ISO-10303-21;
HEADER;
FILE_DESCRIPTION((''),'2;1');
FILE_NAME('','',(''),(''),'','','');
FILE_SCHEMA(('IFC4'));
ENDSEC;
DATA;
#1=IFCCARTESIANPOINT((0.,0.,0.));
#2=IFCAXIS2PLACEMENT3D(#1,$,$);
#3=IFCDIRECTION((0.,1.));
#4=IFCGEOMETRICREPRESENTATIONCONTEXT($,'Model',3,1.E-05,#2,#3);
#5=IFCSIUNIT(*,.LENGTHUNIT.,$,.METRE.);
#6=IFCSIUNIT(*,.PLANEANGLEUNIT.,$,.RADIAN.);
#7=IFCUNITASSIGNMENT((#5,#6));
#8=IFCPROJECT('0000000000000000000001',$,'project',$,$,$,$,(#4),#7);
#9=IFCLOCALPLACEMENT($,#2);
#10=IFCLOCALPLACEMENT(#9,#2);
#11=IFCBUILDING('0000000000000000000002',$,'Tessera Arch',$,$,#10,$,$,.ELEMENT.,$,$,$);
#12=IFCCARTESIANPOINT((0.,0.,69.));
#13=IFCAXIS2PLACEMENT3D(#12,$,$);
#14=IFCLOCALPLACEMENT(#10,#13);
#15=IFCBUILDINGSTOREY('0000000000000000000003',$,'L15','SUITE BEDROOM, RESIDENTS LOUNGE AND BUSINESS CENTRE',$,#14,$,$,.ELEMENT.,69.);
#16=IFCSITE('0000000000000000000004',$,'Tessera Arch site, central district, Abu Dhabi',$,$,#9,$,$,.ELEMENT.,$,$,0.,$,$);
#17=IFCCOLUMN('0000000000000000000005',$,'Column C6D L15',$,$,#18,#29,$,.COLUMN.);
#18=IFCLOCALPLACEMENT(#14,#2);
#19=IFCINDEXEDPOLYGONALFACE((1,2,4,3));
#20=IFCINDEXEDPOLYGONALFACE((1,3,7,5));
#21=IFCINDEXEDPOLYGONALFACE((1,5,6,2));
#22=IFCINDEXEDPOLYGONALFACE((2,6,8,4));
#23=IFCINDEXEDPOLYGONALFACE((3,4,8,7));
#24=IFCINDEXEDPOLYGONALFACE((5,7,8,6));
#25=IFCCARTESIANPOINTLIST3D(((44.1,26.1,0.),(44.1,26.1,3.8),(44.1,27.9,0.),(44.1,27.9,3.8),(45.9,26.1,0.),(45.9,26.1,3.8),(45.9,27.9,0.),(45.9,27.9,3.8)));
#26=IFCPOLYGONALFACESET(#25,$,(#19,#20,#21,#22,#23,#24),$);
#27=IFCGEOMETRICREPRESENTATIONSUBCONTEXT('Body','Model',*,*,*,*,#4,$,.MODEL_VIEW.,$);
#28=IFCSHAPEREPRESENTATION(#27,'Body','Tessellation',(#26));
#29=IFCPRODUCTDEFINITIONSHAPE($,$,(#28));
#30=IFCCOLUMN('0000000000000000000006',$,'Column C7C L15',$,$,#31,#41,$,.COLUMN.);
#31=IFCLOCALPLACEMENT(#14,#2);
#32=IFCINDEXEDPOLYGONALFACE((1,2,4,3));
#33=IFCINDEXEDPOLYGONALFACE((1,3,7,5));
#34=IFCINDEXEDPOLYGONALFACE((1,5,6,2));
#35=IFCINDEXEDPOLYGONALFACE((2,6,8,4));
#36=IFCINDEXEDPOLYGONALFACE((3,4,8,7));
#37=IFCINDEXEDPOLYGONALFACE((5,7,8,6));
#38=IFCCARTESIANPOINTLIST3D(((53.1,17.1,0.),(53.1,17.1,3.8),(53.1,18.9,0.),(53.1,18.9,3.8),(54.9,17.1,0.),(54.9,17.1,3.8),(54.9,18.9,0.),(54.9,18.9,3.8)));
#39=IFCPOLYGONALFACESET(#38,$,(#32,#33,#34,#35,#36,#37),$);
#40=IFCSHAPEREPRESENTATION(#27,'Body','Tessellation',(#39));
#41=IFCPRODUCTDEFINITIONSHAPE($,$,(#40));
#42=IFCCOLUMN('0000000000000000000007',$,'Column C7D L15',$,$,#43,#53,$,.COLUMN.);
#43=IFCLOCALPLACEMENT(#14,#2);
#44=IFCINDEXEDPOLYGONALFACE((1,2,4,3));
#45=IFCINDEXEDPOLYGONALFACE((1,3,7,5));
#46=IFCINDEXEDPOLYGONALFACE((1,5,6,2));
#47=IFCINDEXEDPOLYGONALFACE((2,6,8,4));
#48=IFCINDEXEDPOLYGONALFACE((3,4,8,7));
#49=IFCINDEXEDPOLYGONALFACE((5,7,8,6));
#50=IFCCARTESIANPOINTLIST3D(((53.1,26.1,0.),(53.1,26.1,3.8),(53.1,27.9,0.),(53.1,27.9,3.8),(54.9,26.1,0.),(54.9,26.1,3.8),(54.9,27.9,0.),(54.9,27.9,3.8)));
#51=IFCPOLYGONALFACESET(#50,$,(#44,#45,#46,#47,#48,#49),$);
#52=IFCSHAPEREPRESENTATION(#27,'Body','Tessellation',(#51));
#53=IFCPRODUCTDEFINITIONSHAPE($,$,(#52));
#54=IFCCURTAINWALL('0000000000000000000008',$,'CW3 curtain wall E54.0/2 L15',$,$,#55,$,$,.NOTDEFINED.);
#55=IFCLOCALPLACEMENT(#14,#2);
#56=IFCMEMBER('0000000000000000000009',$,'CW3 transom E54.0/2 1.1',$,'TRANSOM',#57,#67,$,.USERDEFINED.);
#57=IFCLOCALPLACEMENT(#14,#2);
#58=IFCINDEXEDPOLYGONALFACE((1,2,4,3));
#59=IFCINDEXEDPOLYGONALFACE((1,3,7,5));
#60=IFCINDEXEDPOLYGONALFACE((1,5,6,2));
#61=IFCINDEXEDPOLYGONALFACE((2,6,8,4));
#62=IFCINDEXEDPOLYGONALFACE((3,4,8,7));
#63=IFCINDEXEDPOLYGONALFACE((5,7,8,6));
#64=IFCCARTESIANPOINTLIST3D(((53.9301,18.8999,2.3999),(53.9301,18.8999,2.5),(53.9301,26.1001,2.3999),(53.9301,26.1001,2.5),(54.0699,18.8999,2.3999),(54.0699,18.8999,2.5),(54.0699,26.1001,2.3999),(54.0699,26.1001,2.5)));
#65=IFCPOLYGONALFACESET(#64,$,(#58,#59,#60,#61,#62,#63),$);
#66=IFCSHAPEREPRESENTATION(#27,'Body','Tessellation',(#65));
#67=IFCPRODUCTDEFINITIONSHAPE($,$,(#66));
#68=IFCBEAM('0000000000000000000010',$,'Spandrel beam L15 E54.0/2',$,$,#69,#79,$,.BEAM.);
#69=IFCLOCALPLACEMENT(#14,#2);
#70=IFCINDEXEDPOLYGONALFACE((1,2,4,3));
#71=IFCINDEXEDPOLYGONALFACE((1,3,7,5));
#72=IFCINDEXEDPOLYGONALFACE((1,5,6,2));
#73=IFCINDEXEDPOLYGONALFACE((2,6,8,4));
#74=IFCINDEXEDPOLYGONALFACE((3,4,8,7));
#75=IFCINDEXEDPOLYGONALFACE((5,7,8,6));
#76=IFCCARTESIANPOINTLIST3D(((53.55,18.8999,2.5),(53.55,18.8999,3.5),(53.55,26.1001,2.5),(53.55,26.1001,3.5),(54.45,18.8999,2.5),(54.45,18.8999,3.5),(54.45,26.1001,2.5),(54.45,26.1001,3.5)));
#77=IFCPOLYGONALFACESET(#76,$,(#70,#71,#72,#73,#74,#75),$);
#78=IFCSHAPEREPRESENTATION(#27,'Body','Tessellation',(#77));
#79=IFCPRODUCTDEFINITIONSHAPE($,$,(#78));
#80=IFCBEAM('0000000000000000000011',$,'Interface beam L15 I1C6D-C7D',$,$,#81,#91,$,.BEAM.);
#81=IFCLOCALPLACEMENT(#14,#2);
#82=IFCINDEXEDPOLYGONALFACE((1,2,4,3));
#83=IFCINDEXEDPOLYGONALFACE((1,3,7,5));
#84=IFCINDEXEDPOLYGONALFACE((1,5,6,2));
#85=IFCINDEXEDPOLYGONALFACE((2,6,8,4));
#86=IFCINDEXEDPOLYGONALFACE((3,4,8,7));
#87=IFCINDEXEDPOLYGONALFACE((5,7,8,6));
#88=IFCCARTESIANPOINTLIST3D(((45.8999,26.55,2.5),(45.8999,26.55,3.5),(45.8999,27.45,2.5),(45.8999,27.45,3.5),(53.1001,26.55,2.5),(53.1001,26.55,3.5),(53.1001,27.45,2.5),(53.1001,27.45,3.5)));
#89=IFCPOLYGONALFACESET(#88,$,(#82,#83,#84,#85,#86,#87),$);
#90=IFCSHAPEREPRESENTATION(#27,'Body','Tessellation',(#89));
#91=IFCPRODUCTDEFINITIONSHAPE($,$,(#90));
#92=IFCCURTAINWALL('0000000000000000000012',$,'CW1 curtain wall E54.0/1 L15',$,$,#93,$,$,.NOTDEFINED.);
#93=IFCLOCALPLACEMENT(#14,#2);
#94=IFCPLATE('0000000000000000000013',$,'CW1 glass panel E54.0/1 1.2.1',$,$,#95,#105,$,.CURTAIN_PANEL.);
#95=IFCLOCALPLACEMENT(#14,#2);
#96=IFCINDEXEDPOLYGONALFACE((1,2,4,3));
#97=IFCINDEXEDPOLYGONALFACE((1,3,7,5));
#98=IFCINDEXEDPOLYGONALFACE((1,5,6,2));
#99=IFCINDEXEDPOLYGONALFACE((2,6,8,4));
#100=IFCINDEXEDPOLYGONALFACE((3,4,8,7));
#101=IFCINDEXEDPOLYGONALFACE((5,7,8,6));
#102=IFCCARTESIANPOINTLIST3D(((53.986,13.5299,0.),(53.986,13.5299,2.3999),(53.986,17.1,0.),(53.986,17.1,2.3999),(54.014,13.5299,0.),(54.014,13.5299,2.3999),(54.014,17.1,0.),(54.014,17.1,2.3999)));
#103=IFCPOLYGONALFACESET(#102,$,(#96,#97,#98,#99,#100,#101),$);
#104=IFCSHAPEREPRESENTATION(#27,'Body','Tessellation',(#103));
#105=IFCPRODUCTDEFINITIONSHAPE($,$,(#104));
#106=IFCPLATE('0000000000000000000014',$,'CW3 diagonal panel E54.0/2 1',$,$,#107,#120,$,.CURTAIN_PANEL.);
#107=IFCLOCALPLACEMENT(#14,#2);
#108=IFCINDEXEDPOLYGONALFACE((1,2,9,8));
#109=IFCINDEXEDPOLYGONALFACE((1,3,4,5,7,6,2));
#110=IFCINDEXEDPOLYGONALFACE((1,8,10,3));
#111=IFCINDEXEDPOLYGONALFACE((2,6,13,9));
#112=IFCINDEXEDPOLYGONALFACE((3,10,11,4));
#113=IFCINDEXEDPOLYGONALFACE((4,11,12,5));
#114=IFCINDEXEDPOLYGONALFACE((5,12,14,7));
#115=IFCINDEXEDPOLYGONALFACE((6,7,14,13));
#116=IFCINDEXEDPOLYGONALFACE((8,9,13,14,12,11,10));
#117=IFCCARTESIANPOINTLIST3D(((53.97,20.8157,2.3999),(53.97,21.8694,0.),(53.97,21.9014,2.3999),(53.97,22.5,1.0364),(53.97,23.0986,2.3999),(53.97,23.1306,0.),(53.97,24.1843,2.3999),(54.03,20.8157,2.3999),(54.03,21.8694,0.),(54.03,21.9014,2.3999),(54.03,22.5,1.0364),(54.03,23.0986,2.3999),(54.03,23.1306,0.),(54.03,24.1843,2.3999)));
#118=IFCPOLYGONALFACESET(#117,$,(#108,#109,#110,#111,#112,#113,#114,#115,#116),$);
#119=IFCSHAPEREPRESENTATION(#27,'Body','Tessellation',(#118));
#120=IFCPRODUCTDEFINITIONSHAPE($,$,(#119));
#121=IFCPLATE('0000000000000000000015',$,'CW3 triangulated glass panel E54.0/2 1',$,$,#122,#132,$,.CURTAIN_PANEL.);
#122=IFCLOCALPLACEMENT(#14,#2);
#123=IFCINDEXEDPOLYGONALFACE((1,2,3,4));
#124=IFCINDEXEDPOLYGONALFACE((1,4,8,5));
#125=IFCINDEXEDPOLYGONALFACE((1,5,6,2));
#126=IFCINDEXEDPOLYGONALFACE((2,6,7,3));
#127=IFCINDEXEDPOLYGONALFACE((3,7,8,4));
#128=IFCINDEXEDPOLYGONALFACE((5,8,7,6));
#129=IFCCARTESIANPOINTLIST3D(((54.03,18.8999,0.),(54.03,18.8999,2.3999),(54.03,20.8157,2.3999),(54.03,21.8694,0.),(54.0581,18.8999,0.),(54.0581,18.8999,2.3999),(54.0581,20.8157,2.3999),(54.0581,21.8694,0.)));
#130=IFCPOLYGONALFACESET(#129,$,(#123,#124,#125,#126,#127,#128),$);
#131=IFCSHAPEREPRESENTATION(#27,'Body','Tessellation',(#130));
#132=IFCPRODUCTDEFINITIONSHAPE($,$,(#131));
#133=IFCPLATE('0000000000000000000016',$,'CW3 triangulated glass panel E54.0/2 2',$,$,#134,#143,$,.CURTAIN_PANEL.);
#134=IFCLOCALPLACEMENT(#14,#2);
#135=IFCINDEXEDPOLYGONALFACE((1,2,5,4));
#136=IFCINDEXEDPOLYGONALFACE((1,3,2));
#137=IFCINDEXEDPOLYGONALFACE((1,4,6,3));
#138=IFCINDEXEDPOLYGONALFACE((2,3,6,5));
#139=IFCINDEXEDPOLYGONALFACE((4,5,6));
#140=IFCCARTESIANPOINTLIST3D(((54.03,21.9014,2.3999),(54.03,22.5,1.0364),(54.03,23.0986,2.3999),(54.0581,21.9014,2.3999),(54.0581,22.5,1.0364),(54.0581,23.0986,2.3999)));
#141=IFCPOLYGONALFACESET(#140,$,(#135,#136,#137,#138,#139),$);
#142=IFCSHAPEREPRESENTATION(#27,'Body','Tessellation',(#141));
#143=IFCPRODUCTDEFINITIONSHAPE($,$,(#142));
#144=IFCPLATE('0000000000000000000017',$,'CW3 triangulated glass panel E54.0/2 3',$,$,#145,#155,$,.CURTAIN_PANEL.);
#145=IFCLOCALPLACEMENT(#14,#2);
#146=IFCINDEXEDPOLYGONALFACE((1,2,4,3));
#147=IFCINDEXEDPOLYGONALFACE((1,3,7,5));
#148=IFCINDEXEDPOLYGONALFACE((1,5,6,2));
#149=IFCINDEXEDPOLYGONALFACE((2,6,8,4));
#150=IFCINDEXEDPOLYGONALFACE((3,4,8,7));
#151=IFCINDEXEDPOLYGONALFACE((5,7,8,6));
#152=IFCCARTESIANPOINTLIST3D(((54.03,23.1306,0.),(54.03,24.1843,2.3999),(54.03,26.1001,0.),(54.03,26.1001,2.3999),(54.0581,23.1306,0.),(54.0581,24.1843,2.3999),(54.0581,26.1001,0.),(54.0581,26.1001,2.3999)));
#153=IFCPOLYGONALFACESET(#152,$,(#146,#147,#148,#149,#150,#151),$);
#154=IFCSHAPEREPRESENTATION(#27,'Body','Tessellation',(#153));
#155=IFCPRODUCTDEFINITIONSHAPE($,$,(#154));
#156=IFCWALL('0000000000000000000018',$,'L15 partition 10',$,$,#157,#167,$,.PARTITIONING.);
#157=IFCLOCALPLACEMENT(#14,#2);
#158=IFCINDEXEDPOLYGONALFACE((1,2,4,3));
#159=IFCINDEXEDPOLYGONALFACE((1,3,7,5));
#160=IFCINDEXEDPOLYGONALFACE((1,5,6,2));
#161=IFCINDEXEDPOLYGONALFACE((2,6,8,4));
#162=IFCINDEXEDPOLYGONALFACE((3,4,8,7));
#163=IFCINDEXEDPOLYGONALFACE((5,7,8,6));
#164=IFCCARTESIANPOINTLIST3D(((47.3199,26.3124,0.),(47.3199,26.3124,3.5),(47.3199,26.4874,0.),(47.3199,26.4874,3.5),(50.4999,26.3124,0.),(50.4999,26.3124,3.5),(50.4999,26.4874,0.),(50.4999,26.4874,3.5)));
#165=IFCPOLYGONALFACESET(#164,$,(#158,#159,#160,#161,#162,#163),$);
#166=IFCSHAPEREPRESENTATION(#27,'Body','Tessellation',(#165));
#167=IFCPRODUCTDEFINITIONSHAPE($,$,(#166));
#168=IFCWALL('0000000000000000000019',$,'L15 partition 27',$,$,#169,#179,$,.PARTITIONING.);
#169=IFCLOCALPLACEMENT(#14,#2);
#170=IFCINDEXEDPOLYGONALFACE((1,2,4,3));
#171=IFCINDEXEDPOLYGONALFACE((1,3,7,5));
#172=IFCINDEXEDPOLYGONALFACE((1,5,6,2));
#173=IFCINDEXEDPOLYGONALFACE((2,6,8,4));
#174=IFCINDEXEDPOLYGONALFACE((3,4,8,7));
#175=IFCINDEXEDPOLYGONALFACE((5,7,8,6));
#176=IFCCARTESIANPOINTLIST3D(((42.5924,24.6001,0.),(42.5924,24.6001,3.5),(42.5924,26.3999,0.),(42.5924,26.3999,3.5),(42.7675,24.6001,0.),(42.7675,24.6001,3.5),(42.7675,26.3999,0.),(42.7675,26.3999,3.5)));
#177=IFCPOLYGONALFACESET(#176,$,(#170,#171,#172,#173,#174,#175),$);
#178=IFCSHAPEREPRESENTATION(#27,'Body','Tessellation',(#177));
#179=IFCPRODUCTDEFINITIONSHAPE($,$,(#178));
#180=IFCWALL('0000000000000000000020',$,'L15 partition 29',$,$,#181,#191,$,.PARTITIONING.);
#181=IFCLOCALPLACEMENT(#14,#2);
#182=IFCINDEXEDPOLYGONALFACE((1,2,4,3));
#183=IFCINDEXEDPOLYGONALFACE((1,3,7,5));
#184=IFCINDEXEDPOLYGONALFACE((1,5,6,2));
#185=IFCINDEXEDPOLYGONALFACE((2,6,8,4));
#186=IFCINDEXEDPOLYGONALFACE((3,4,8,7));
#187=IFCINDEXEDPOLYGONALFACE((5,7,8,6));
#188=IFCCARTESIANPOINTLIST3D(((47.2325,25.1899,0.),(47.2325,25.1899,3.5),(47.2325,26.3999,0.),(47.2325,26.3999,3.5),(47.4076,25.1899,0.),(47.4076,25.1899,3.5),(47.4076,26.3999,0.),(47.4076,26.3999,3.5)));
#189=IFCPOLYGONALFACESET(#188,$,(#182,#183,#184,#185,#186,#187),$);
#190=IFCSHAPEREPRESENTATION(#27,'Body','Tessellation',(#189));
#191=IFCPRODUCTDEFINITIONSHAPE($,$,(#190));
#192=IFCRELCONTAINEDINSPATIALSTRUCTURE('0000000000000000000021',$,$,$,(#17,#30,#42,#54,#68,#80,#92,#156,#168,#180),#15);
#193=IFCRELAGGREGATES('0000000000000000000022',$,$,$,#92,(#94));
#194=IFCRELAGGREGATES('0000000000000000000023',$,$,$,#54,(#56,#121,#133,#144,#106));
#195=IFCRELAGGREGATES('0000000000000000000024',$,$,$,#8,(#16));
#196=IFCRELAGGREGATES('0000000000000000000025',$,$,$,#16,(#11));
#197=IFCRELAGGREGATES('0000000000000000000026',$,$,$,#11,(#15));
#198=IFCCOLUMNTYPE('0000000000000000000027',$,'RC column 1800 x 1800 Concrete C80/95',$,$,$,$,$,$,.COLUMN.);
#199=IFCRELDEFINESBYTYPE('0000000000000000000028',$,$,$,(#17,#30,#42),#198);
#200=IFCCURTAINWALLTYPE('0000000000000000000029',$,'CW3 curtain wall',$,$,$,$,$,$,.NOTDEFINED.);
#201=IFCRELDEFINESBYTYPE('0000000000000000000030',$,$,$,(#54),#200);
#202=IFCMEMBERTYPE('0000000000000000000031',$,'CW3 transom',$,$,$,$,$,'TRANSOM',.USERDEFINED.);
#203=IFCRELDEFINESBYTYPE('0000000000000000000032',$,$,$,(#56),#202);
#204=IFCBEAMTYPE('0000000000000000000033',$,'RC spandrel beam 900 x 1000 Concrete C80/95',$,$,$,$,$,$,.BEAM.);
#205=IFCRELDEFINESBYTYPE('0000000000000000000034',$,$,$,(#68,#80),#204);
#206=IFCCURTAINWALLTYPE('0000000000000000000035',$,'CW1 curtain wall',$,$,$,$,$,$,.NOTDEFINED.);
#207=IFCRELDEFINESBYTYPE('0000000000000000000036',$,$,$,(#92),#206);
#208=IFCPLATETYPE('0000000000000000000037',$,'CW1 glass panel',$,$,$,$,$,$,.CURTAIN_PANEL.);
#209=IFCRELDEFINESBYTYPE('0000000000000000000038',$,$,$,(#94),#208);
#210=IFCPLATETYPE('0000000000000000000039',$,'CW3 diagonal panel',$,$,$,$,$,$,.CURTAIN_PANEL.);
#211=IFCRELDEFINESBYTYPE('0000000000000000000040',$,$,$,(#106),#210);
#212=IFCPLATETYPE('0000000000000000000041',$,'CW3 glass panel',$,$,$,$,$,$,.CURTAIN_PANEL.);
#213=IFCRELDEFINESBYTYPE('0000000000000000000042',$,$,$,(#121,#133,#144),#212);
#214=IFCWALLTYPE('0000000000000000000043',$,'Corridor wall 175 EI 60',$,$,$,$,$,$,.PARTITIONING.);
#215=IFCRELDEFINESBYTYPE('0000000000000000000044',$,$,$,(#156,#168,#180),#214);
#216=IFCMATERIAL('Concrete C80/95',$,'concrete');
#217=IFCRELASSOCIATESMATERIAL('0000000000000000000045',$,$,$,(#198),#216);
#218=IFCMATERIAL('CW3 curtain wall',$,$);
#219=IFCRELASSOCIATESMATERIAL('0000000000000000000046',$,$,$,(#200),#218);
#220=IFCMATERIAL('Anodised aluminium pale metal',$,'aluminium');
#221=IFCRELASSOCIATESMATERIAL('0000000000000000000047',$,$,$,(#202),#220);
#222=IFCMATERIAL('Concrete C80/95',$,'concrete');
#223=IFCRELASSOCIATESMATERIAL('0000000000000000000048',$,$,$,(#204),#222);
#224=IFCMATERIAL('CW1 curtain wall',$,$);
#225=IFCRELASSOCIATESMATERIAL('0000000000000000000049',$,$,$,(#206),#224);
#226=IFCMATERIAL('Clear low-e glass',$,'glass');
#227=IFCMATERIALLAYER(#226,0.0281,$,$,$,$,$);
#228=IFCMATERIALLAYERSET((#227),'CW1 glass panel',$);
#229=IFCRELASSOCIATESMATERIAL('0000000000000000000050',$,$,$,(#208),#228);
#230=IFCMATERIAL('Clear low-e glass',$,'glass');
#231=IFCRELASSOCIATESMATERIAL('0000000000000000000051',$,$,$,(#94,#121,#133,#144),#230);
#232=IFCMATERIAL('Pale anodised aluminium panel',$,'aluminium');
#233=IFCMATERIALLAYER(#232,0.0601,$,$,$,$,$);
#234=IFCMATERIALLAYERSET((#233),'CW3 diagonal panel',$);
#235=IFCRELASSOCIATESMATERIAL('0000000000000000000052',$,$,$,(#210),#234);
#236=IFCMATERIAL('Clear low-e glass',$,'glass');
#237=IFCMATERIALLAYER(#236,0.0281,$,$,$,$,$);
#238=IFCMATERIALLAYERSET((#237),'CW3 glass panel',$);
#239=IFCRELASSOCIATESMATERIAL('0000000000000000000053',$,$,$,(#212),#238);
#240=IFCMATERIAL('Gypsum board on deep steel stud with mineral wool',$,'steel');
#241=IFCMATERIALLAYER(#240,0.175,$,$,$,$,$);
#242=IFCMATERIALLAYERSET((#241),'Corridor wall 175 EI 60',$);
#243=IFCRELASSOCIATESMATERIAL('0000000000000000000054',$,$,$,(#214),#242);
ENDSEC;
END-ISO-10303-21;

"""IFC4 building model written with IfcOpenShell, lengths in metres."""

from ifc_helpers import new_model, si_unit, direction, frame, frame_2d, origin, origin_2d, place, context, subcontext, project, spatial, polyline, rectangle, outline, extrude, material, layer, layer_set, material_profile, profile_set, type_object, element, aggregate, save


model = new_model("IFC4")

# Units and contexts
model_context = context("Model", 3, precision=1e-05, world=origin(), true_north=direction((0.0, 1.0)))
body_context = subcontext(model_context, "Body", "Model", "MODEL_VIEW")
ifc_project = project(units=[si_unit("LENGTHUNIT", "METRE"), si_unit("PLANEANGLEUNIT", "RADIAN")], contexts=[model_context])

# Site, building, storey
site_placement = place(None, origin())
site = spatial("IfcSite", under=ifc_project, at=site_placement, Name="Tessera Arch site, central district, Abu Dhabi", CompositionType="ELEMENT", RefElevation=0.0)
building_placement = place(site_placement, origin())
building = spatial("IfcBuilding", under=site, at=building_placement, Name="Tessera Arch", CompositionType="ELEMENT")
storey_placement = place(building_placement, frame((0.0, 0.0, 69.0)))
storey = spatial("IfcBuildingStorey", under=building, at=storey_placement, Name="L15", Description="SUITE BEDROOM, RESIDENTS LOUNGE AND BUSINESS CENTRE", CompositionType="ELEMENT", Elevation=69.0)

# Columns
ifc_material_1 = material(Name="Concrete C80/95", Category="concrete")
ifc_material_profile_1 = material_profile(ifc_material_1, rectangle(XDim=1.8, YDim=1.8, at=origin_2d()), Name="RC column 1800 x 1800 Concrete C80/95")
ifc_profile_set_1 = profile_set([ifc_material_profile_1], Name="Concrete C80/95")
column_type = type_object("IfcColumnType", Name="RC column 1800 x 1800 Concrete C80/95", PredefinedType="COLUMN", material=ifc_profile_set_1)
for number, where, z_axis, x_axis, name in (
    (1, (45.0, 27.0, 0.0), (0.0, 0.0, 1.0), (1.0, 0.0, 0.0), "Column C6D L15"),
    (2, (54.0, 18.0, 0.0), (0.0, 0.0, 1.0), (1.0, 0.0, 0.0), "Column C7C L15"),
    (3, (54.0, 27.0, 0.0), (0.0, 0.0, 1.0), (1.0, 0.0, 0.0), "Column C7D L15"),
):
    element("IfcColumn", number, at=place(storey_placement, frame(where, z_axis=z_axis, x_axis=x_axis)), inside=storey, type_object=column_type, Name=name, PredefinedType="COLUMN", context=body_context, shape_type="SweptSolid", body=[
        extrude(rectangle(XDim=1.8, YDim=1.8, at=origin_2d()), origin(), (0.0, 0.0, 1.0), 3.8),
    ])

# Curtain wall, member
ifc_material_2 = material(Name="CW3 curtain wall")
curtain_wall_type_1 = type_object("IfcCurtainWallType", Name="CW3 curtain wall", PredefinedType="NOTDEFINED", material=ifc_material_2)
curtain_wall_1_placement = place(storey_placement, origin())
curtain_wall_1 = element("IfcCurtainWall", 4, at=curtain_wall_1_placement, inside=storey, type_object=curtain_wall_type_1, Name="CW3 curtain wall E54.0/2 L15", PredefinedType="NOTDEFINED")
ifc_material_3 = material(Name="Anodised aluminium pale metal", Category="aluminium")
ifc_material_profile_2 = material_profile(ifc_material_3, rectangle(XDim=0.1399, YDim=0.1001, at=origin_2d()), Name="AL 140x100")
ifc_profile_set_2 = profile_set([ifc_material_profile_2], Name="Anodised aluminium pale metal")
member_type = type_object("IfcMemberType", Name="CW3 transom", ElementType="TRANSOM", PredefinedType="USERDEFINED", material=ifc_profile_set_2)
member_placement = place(storey_placement, frame((54.0, 18.8999, 2.45), z_axis=(0.0, 1.0, 0.0), x_axis=(-1.0, 0.0, 0.0)))
member = element("IfcMember", 5, at=member_placement, type_object=member_type, Name="CW3 transom E54.0/2 1.1", ObjectType="TRANSOM", PredefinedType="USERDEFINED", context=body_context, shape_type="SweptSolid", body=[
    extrude(rectangle(XDim=0.1399, YDim=0.1001, at=origin_2d()), origin(), (0.0, 0.0, 1.0), 7.2002),
])

# Beams
ifc_material_4 = material(Name="Concrete C80/95", Category="concrete")
ifc_material_profile_3 = material_profile(ifc_material_4, rectangle(XDim=0.8999, YDim=1.0, at=origin_2d()), Name="RC spandrel beam 900 x 1000 Concrete C80/95")
ifc_profile_set_3 = profile_set([ifc_material_profile_3], Name="Concrete C80/95")
beam_type = type_object("IfcBeamType", Name="RC spandrel beam 900 x 1000 Concrete C80/95", PredefinedType="BEAM", material=ifc_profile_set_3)
for number, where, z_axis, x_axis, name in (
    (6, (54.0, 18.8999, 3.0), (0.0, 1.0, 0.0), (-1.0, 0.0, 0.0), "Spandrel beam L15 E54.0/2"),
    (7, (45.8999, 27.0, 3.0), (1.0, 0.0, 0.0), (0.0, 1.0, 0.0), "Interface beam L15 I1C6D-C7D"),
):
    element("IfcBeam", number, at=place(storey_placement, frame(where, z_axis=z_axis, x_axis=x_axis)), inside=storey, type_object=beam_type, Name=name, PredefinedType="BEAM", context=body_context, shape_type="SweptSolid", body=[
        extrude(rectangle(XDim=0.8999, YDim=1.0, at=origin_2d()), origin(), (0.0, 0.0, 1.0), 7.2002),
    ])

# Curtain wall, plate
ifc_material_5 = material(Name="CW1 curtain wall")
curtain_wall_type_2 = type_object("IfcCurtainWallType", Name="CW1 curtain wall", PredefinedType="NOTDEFINED", material=ifc_material_5)
curtain_wall_2_placement = place(storey_placement, origin())
curtain_wall_2 = element("IfcCurtainWall", 8, at=curtain_wall_2_placement, inside=storey, type_object=curtain_wall_type_2, Name="CW1 curtain wall E54.0/1 L15", PredefinedType="NOTDEFINED")
ifc_material_6 = material(Name="Clear low-e glass", Category="glass")
ifc_material_7 = material(Name="Clear low-e glass", Category="glass")
ifc_layer_1 = layer(ifc_material_7, 0.0281)
ifc_layer_set_1 = layer_set([ifc_layer_1], Name="CW1 glass panel")
plate_type_1 = type_object("IfcPlateType", Name="CW1 glass panel", PredefinedType="CURTAIN_PANEL", material=ifc_layer_set_1)
plate_1_placement = place(storey_placement, frame((54.0, 15.3149, 0.0), z_axis=(0.0, 0.0, 1.0), x_axis=(0.0, 1.0, 0.0)))
plate_1 = element("IfcPlate", 9, at=plate_1_placement, type_object=plate_type_1, material=ifc_material_6, Name="CW1 glass panel E54.0/1 1.2.1", PredefinedType="CURTAIN_PANEL", context=body_context, shape_type="SweptSolid", body=[
    extrude(rectangle(XDim=3.5701, YDim=0.0281, at=origin_2d()), origin(), (0.0, 0.0, 1.0), 2.3999),
])
aggregate(curtain_wall_2, [plate_1])

# Plates
ifc_material_8 = material(Name="Pale anodised aluminium panel", Category="aluminium")
ifc_layer_2 = layer(ifc_material_8, 0.0601)
ifc_layer_set_2 = layer_set([ifc_layer_2], Name="CW3 diagonal panel")
plate_type_2 = type_object("IfcPlateType", Name="CW3 diagonal panel", PredefinedType="CURTAIN_PANEL", material=ifc_layer_set_2)
plate_2_placement = place(storey_placement, frame((54.03, 24.1843, 2.3999), z_axis=(1.0, 0.0, 0.0), x_axis=(0.0, -1.0, 0.0)))
plate_2 = element("IfcPlate", 10, at=plate_2_placement, type_object=plate_type_2, Name="CW3 diagonal panel E54.0/2 1", PredefinedType="CURTAIN_PANEL", context=body_context, shape_type="SweptSolid", body=[
    extrude(outline(polyline([(0.0, 0.0), (1.0857, 0.0), (1.6843, 1.3635), (2.283, 0.0), (3.3687, 0.0), (2.3149, 2.3999), (1.0537, 2.3999), (0.0, 0.0)])), origin(), (0.0, 0.0, -1.0), 0.0601),
])
ifc_material_9 = material(Name="Clear low-e glass", Category="glass")
ifc_layer_3 = layer(ifc_material_9, 0.0281)
ifc_layer_set_3 = layer_set([ifc_layer_3], Name="CW3 glass panel")
plate_type_3 = type_object("IfcPlateType", Name="CW3 glass panel", PredefinedType="CURTAIN_PANEL", material=ifc_layer_set_3)
plate_3_placement = place(storey_placement, frame((54.0581, 18.8999, 0.0), z_axis=(1.0, 0.0, 0.0), x_axis=(0.0, 1.0, 0.0)))
plate_3 = element("IfcPlate", 11, at=plate_3_placement, type_object=plate_type_3, material=ifc_material_6, Name="CW3 triangulated glass panel E54.0/2 1", PredefinedType="CURTAIN_PANEL", context=body_context, shape_type="SweptSolid", body=[
    extrude(outline(polyline([(0.0, 0.0), (2.9695, 0.0), (1.9158, 2.3999), (0.0, 2.3999), (0.0, 0.0)])), origin(), (0.0, 0.0, -1.0), 0.0281),
])
plate_4_placement = place(storey_placement, frame((54.0581, 23.0986, 2.3999), z_axis=(1.0, 0.0, 0.0), x_axis=(0.0, -1.0, 0.0)))
plate_4 = element("IfcPlate", 12, at=plate_4_placement, type_object=plate_type_3, material=ifc_material_6, Name="CW3 triangulated glass panel E54.0/2 2", PredefinedType="CURTAIN_PANEL", context=body_context, shape_type="SweptSolid", body=[
    extrude(outline(polyline([(0.0, 0.0), (1.1973, 0.0), (0.5986, 1.3635), (0.0, 0.0)])), origin(), (0.0, 0.0, -1.0), 0.0281),
])
plate_5_placement = place(storey_placement, frame((54.0581, 26.1001, 2.3999), z_axis=(1.0, 0.0, 0.0), x_axis=(0.0, -1.0, 0.0)))
plate_5 = element("IfcPlate", 13, at=plate_5_placement, type_object=plate_type_3, material=ifc_material_6, Name="CW3 triangulated glass panel E54.0/2 3", PredefinedType="CURTAIN_PANEL", context=body_context, shape_type="SweptSolid", body=[
    extrude(outline(polyline([(0.0, 0.0), (1.9158, 0.0), (2.9695, 2.3999), (0.0, 2.3999), (0.0, 0.0)])), origin(), (0.0, 0.0, -1.0), 0.0281),
])
aggregate(curtain_wall_1, [member, plate_3, plate_4, plate_5, plate_2])

# Walls
ifc_material_10 = material(Name="Gypsum board on deep steel stud with mineral wool", Category="steel")
ifc_layer_4 = layer(ifc_material_10, 0.175)
ifc_layer_set_4 = layer_set([ifc_layer_4], Name="Corridor wall 175 EI 60")
wall_type_1 = type_object("IfcWallType", Name="Corridor wall 175 EI 60", PredefinedType="PARTITIONING", material=ifc_layer_set_4)
wall_1_placement = place(storey_placement, frame((47.3201, 26.3999, 0.0), z_axis=(0.0, 0.0, 1.0), x_axis=(1.0, 0.0, 0.0)))
element("IfcWall", 14, at=wall_1_placement, inside=storey, type_object=wall_type_1, Name="L15 partition 10", PredefinedType="PARTITIONING", context=body_context, shape_type="SweptSolid", body=[
    extrude(rectangle(XDim=3.1799, YDim=0.175, at=frame_2d((1.5898, 0.0))), origin(), (0.0, 0.0, 1.0), 3.5),
])
wall_2_placement = place(storey_placement, frame((42.6799, 24.6001, 0.0), z_axis=(0.0, 0.0, 1.0), x_axis=(0.0, 1.0, 0.0)))
element("IfcWall", 15, at=wall_2_placement, inside=storey, type_object=wall_type_1, Name="L15 partition 27", PredefinedType="PARTITIONING", context=body_context, shape_type="SweptSolid", body=[
    extrude(rectangle(XDim=1.7998, YDim=0.175, at=frame_2d((0.8999, 0.0))), origin(), (0.0, 0.0, 1.0), 3.5),
])
wall_3_placement = place(storey_placement, frame((47.3201, 25.1899, 0.0), z_axis=(0.0, 0.0, 1.0), x_axis=(0.0, 1.0, 0.0)))
element("IfcWall", 16, at=wall_3_placement, inside=storey, type_object=wall_type_1, Name="L15 partition 29", PredefinedType="PARTITIONING", context=body_context, shape_type="SweptSolid", body=[
    extrude(rectangle(XDim=1.21, YDim=0.175, at=frame_2d((0.605, 0.0))), origin(), (0.0, 0.0, 1.0), 3.5),
])

save(model, "model.ifc")
